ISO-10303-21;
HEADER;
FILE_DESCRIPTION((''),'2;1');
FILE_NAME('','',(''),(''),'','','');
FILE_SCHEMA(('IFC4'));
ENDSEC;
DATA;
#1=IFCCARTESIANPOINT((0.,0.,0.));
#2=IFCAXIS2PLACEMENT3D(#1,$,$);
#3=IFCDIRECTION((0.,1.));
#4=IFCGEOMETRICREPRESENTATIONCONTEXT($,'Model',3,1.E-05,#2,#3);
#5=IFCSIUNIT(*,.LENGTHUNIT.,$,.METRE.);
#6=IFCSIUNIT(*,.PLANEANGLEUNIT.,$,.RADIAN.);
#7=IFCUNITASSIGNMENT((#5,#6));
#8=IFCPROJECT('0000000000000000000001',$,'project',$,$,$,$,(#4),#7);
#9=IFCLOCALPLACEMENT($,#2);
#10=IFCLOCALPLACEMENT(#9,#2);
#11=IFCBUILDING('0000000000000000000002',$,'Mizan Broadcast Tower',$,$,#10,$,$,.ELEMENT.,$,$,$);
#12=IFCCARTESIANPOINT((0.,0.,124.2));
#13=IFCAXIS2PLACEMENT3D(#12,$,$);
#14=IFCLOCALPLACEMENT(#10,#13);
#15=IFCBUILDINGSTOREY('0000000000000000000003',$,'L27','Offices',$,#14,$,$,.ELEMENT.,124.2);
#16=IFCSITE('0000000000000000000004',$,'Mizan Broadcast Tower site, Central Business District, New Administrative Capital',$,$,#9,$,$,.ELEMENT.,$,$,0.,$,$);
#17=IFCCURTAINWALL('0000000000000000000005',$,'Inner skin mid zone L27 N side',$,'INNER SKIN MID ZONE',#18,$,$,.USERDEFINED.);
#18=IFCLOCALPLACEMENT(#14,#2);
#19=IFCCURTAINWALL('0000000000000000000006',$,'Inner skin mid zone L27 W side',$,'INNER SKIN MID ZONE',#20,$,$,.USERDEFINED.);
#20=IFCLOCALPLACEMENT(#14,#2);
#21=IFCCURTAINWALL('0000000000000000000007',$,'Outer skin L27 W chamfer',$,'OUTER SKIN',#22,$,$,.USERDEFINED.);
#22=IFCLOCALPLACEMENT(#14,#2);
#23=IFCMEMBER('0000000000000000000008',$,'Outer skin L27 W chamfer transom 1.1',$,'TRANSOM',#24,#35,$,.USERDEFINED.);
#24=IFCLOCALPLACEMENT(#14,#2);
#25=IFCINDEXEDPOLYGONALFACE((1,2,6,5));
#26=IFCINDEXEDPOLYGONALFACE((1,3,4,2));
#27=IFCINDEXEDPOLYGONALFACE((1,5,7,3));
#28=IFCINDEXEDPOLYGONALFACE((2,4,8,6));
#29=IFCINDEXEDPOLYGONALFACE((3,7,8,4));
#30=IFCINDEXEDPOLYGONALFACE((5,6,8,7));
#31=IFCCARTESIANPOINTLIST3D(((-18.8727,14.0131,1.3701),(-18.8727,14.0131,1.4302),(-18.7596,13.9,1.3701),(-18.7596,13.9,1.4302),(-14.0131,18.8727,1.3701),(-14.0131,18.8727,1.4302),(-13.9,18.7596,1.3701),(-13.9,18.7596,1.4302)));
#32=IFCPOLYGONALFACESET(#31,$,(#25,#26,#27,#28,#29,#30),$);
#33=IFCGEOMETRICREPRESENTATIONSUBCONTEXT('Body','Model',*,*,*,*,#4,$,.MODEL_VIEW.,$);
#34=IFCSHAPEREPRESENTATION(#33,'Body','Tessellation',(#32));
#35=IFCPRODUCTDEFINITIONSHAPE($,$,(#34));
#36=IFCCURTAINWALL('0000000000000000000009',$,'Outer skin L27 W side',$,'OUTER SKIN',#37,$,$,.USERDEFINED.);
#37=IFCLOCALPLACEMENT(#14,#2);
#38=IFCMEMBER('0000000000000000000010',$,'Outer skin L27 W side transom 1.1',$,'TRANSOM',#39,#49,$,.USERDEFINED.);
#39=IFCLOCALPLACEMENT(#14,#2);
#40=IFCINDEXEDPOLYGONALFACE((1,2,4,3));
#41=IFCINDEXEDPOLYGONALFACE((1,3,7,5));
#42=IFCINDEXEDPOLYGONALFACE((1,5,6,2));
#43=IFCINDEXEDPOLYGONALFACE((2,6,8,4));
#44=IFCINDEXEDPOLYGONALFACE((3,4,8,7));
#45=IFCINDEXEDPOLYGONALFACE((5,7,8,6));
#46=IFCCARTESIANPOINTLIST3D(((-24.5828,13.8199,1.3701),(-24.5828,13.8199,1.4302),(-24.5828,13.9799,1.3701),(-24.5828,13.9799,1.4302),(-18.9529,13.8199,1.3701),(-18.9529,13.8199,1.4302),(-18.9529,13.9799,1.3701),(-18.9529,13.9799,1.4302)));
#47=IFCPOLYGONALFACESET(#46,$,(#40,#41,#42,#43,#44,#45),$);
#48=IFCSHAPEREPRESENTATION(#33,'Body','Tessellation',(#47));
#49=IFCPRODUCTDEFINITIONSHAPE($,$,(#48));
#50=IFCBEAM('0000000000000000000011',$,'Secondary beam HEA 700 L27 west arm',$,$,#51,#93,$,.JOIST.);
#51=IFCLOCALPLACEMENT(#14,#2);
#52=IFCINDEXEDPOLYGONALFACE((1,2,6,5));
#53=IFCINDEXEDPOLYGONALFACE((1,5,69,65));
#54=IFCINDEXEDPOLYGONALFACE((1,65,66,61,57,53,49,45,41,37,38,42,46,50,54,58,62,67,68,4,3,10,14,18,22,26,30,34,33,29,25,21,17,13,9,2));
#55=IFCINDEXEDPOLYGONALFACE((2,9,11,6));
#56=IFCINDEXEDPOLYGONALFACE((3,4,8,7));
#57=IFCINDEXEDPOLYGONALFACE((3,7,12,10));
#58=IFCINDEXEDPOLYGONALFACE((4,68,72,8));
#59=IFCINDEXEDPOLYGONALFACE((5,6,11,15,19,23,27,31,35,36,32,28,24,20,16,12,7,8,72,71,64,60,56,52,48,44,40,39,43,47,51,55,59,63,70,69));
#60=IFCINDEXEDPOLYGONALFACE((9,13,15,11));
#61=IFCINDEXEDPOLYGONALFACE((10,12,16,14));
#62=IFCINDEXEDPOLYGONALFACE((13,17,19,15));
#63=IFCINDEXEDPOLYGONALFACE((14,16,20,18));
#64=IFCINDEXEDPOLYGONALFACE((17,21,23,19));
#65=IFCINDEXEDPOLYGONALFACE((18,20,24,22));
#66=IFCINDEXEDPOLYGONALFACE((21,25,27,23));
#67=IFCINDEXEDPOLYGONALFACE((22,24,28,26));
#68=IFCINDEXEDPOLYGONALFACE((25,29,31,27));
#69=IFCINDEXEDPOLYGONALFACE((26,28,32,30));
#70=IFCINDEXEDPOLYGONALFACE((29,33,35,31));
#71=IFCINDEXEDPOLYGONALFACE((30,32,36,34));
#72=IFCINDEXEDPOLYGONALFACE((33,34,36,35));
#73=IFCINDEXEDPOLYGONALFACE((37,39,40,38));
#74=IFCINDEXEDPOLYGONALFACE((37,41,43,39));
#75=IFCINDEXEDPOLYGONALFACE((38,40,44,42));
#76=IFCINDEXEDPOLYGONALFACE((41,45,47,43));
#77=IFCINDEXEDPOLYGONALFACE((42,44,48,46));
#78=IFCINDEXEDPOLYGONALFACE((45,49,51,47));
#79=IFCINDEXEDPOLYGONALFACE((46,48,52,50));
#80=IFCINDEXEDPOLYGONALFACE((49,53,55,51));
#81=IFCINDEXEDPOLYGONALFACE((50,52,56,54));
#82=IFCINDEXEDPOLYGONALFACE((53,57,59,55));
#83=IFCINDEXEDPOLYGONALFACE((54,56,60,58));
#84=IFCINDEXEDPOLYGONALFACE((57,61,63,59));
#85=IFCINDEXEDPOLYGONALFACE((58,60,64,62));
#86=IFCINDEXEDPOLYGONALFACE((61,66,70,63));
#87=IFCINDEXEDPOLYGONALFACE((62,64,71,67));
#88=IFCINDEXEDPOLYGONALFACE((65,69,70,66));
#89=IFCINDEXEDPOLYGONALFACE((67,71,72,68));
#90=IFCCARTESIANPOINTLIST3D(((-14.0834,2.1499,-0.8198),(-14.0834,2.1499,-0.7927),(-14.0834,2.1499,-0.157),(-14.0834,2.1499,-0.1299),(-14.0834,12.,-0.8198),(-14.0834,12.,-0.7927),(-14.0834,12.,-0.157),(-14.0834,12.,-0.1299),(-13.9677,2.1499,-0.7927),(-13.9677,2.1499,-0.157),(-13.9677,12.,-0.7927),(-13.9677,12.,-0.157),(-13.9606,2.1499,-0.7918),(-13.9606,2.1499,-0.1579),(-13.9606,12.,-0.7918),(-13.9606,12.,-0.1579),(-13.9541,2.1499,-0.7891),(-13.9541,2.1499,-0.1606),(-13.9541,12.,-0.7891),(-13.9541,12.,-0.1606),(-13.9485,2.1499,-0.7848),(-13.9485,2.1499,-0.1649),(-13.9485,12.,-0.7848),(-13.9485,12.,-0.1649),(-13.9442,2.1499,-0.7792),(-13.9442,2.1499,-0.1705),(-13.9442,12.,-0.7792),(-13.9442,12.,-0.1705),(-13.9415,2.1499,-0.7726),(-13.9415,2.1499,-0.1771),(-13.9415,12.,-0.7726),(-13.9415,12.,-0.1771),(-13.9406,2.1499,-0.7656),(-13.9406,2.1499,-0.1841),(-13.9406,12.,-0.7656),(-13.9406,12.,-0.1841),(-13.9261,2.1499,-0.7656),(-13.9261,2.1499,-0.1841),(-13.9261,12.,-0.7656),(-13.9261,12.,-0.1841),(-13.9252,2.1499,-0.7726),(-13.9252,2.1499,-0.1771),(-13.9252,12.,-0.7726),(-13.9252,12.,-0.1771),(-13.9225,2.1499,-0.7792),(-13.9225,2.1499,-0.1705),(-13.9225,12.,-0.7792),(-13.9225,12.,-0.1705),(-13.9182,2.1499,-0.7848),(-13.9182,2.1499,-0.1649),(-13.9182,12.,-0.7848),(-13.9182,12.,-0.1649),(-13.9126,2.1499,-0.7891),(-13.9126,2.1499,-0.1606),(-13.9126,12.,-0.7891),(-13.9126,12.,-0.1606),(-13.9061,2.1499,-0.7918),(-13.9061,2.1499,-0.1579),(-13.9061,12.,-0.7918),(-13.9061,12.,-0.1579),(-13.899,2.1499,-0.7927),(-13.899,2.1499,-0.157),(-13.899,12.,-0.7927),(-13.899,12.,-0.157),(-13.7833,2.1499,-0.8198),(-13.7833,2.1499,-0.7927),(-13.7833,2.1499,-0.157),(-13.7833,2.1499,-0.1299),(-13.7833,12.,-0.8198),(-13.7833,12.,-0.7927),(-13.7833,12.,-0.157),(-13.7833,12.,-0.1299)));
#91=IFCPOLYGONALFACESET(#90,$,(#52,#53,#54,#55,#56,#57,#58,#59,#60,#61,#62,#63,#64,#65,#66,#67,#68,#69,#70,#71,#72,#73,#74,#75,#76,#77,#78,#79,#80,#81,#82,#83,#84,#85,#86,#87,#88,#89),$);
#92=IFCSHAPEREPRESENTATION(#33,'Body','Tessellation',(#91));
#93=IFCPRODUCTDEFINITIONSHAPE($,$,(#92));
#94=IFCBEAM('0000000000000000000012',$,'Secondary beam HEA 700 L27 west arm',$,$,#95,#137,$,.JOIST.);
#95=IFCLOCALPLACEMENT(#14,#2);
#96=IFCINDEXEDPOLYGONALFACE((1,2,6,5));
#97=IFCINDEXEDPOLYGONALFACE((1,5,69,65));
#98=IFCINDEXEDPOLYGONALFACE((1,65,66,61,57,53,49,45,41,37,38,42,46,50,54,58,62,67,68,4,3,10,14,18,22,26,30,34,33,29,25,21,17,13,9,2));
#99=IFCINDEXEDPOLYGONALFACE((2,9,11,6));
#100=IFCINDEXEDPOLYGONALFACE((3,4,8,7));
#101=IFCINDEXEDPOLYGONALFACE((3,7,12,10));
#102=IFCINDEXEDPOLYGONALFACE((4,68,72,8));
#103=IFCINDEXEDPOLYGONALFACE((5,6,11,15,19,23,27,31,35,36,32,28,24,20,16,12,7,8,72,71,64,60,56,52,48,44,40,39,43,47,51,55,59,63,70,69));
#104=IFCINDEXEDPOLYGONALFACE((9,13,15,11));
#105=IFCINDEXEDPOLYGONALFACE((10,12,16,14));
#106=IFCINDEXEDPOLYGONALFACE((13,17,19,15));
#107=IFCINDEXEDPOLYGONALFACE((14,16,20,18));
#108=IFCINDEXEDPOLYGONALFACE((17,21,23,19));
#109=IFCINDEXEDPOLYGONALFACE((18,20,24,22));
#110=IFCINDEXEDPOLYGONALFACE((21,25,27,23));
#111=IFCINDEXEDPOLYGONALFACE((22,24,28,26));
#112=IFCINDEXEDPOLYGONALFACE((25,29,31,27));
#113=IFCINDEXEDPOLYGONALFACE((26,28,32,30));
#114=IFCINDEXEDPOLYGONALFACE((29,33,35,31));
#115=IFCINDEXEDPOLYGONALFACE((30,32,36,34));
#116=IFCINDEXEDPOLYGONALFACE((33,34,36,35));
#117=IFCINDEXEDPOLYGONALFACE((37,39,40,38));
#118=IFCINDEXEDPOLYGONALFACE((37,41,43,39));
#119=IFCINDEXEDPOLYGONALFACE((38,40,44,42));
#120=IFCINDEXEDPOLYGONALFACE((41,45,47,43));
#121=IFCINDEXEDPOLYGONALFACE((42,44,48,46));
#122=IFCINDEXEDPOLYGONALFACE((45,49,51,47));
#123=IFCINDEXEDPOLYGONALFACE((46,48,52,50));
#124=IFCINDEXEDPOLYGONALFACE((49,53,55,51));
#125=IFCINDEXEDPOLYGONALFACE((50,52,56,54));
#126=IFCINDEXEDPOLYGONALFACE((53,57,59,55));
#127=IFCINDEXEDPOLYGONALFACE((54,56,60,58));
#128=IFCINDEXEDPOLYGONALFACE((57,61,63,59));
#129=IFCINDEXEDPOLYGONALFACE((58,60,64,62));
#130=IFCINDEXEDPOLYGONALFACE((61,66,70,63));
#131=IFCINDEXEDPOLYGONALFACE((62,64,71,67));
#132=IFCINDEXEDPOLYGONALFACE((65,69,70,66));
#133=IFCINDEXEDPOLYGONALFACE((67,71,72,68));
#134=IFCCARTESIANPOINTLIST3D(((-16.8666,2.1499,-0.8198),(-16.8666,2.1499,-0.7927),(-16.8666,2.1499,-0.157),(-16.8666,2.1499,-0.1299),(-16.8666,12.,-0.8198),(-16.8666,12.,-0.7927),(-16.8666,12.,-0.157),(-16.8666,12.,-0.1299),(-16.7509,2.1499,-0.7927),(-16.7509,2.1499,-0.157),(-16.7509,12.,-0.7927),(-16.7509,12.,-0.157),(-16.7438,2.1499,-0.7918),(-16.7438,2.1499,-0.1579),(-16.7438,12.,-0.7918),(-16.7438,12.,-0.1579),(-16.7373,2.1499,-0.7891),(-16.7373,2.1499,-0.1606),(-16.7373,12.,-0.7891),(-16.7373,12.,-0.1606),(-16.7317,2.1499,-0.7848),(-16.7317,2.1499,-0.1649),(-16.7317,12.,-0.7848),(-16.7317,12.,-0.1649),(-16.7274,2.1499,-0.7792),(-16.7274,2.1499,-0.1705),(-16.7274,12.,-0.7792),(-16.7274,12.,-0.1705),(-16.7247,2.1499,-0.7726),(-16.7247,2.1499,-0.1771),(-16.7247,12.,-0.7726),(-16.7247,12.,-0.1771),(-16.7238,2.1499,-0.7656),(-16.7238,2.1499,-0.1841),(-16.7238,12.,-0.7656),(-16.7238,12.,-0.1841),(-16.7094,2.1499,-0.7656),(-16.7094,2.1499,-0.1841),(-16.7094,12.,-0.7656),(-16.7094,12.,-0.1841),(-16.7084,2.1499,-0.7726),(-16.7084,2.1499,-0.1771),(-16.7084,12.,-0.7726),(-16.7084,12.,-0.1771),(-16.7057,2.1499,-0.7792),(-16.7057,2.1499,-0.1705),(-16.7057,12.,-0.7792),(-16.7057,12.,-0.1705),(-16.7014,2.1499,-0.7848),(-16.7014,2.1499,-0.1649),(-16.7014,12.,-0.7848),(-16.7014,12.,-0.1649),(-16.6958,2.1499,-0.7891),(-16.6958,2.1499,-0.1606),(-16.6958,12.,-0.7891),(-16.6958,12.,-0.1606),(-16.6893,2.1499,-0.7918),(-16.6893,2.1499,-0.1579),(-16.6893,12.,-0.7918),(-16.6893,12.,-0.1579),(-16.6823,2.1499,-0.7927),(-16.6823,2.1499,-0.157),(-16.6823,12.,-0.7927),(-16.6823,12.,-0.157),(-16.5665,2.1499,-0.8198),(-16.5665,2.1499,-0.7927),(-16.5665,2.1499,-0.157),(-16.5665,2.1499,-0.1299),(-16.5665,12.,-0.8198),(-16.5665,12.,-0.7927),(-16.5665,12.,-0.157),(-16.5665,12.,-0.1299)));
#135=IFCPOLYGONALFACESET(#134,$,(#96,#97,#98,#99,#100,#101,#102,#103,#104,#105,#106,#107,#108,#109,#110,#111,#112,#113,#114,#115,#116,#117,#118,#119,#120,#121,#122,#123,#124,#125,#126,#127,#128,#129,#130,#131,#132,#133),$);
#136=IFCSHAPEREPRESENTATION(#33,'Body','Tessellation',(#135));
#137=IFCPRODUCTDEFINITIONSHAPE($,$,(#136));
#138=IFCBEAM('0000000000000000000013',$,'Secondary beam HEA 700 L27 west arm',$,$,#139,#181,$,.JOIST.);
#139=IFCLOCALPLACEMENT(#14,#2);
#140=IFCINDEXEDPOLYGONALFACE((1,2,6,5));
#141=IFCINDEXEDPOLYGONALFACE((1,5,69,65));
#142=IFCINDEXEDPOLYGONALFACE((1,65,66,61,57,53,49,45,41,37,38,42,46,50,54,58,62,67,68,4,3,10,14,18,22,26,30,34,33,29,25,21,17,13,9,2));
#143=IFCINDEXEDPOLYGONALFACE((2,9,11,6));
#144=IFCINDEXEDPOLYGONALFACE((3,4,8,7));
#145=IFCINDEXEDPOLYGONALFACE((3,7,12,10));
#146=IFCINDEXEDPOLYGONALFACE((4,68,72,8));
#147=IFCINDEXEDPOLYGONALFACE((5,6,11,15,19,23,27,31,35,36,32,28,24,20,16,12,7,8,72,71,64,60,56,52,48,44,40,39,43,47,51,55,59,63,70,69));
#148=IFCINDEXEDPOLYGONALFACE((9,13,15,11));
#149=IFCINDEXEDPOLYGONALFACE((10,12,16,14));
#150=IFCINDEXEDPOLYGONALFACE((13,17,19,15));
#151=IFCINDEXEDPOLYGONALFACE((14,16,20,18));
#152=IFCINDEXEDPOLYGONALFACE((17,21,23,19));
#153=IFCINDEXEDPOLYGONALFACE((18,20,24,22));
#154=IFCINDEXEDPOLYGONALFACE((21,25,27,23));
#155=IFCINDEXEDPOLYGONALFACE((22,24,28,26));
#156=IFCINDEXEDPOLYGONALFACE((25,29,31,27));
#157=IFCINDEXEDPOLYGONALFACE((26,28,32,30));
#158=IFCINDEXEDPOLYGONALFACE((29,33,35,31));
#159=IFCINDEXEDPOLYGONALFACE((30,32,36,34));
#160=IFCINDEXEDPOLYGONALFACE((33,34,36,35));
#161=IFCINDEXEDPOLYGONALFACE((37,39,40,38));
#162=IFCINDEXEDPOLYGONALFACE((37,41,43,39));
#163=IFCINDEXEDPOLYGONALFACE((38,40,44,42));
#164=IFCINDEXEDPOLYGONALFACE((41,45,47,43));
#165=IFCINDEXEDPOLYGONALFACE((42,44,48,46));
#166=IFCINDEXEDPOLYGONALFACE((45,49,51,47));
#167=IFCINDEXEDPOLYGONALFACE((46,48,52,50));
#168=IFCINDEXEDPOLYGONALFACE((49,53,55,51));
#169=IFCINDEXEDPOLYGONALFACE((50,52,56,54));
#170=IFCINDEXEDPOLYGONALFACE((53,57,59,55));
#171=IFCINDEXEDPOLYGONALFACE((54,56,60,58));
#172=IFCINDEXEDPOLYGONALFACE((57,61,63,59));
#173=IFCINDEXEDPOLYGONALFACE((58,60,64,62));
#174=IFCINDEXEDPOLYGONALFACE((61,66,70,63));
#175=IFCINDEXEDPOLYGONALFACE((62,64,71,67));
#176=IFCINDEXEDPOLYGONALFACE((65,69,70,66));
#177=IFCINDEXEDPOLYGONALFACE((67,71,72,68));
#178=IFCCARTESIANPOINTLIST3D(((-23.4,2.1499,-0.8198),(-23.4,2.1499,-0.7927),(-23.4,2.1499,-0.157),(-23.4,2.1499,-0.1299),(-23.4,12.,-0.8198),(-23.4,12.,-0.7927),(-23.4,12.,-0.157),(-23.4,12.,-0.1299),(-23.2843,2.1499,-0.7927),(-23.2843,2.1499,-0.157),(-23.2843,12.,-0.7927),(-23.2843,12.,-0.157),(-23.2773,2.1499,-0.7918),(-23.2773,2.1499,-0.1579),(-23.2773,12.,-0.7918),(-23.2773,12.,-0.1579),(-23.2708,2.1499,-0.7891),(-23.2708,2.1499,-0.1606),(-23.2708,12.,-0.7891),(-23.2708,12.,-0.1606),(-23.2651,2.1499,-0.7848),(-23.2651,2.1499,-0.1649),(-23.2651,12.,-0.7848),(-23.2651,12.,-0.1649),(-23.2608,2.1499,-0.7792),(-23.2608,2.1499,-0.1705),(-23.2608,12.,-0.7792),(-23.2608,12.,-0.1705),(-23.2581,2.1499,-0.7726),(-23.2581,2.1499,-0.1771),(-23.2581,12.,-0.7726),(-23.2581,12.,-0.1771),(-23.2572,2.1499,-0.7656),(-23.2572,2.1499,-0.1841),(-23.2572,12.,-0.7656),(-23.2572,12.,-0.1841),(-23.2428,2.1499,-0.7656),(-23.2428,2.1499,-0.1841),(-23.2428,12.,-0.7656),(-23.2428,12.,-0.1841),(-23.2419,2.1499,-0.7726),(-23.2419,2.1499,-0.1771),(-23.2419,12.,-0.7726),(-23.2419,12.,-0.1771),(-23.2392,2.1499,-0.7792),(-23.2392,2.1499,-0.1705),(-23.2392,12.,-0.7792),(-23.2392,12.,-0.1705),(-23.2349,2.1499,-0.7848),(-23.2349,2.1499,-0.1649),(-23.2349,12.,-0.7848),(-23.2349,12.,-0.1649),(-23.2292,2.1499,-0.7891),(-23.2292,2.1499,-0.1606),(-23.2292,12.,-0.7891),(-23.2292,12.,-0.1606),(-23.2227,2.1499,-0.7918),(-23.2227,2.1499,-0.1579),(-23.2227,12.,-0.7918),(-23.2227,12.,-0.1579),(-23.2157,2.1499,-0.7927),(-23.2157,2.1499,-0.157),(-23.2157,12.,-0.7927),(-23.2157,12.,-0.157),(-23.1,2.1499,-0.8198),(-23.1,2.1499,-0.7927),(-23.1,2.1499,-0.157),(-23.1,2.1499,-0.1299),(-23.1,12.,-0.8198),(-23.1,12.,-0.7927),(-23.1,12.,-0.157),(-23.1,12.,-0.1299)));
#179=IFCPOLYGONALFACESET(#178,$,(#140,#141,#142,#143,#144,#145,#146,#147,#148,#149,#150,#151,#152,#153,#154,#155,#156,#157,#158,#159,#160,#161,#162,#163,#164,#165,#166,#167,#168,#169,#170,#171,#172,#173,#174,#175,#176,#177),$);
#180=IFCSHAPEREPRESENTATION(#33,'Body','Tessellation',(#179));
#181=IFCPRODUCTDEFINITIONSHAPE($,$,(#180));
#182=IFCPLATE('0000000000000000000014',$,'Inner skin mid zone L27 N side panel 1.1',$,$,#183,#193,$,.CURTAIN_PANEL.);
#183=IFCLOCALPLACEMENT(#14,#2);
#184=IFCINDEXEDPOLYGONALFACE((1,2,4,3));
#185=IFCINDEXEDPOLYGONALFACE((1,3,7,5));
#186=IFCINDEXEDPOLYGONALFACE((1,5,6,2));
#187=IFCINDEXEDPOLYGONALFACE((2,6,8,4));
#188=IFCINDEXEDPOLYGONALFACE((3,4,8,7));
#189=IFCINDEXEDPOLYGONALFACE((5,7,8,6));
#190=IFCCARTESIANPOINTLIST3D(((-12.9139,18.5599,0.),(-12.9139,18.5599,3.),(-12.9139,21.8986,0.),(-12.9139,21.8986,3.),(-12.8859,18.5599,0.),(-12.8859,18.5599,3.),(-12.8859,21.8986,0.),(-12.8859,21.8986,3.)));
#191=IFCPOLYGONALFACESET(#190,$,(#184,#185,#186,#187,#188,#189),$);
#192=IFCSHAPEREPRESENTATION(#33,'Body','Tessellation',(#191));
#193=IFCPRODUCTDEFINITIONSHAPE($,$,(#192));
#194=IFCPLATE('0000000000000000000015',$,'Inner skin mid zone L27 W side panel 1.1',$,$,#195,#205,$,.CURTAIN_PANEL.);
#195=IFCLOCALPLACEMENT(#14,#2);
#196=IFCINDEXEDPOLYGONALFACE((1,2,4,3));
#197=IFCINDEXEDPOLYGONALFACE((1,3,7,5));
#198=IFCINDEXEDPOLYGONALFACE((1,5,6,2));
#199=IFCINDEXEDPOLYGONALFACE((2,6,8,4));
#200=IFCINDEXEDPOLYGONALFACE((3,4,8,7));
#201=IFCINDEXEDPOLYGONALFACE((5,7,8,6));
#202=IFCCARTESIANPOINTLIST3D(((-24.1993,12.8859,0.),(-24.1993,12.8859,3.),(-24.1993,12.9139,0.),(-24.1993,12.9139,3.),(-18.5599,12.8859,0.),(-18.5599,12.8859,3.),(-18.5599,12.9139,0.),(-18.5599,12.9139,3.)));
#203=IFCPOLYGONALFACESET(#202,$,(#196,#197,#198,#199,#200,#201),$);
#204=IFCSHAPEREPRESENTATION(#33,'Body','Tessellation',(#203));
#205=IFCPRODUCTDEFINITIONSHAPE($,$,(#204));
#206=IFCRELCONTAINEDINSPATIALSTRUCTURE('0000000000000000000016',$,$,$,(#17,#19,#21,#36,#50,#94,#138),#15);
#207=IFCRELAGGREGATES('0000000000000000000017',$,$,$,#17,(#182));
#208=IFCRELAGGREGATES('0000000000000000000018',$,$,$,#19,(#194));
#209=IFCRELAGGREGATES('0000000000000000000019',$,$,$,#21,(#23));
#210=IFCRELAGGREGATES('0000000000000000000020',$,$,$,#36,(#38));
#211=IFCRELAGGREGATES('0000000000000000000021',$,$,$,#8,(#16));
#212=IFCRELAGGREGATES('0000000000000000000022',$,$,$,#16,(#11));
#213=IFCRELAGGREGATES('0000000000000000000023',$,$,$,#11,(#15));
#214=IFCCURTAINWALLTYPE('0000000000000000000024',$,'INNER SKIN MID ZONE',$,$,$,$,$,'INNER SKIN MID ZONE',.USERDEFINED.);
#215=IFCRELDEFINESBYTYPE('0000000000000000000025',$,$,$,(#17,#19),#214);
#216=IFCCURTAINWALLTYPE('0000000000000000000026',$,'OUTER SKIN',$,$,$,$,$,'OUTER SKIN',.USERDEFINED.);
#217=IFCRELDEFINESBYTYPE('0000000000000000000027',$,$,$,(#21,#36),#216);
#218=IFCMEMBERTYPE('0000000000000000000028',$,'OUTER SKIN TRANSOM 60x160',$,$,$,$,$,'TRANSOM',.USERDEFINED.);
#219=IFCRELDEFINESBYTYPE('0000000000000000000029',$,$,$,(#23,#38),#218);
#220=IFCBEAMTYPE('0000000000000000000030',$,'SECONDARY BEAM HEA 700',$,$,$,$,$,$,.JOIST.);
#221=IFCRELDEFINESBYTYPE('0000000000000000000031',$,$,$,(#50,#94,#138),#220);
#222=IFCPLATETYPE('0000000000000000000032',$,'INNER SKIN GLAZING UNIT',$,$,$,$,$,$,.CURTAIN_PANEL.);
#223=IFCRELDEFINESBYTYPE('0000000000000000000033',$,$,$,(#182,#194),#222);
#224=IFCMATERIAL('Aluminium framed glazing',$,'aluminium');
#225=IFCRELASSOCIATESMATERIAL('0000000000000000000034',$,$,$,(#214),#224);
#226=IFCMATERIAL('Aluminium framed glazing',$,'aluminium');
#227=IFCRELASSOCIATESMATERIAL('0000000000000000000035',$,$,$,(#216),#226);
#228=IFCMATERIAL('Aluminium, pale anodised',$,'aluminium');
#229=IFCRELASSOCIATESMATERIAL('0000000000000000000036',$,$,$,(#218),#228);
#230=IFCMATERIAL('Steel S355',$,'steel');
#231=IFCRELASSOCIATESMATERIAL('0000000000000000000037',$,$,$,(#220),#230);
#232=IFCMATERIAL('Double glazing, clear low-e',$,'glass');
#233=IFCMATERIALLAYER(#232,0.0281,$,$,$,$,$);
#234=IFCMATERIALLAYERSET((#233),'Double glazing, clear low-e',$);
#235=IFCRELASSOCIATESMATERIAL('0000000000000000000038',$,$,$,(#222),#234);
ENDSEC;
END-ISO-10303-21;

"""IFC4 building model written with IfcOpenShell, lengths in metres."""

from ifc_helpers import new_model, si_unit, direction, frame, origin, origin_2d, place, context, subcontext, project, spatial, rectangle, i_section, extrude, material, layer, layer_set, material_profile, profile_set, type_object, element, aggregate, save


model = new_model("IFC4")

# Units and contexts
model_context = context("Model", 3, precision=1e-05, world=origin(), true_north=direction((0.0, 1.0)))
body_context = subcontext(model_context, "Body", "Model", "MODEL_VIEW")
ifc_project = project(units=[si_unit("LENGTHUNIT", "METRE"), si_unit("PLANEANGLEUNIT", "RADIAN")], contexts=[model_context])

# Site, building, storey
site_placement = place(None, origin())
site = spatial("IfcSite", under=ifc_project, at=site_placement, Name="Mizan Broadcast Tower site, Central Business District, New Administrative Capital", CompositionType="ELEMENT", RefElevation=0.0)
building_placement = place(site_placement, origin())
building = spatial("IfcBuilding", under=site, at=building_placement, Name="Mizan Broadcast Tower", CompositionType="ELEMENT")
storey_placement = place(building_placement, frame((0.0, 0.0, 124.2)))
storey = spatial("IfcBuildingStorey", under=building, at=storey_placement, Name="L27", Description="Offices", CompositionType="ELEMENT", Elevation=124.2)

# Curtain walls
ifc_material_1 = material(Name="Aluminium framed glazing", Category="aluminium")
curtain_wall_type_1 = type_object("IfcCurtainWallType", Name="INNER SKIN MID ZONE", ElementType="INNER SKIN MID ZONE", PredefinedType="USERDEFINED", material=ifc_material_1)
curtain_wall_1_placement = place(storey_placement, origin())
curtain_wall_1 = element("IfcCurtainWall", 1, at=curtain_wall_1_placement, inside=storey, type_object=curtain_wall_type_1, Name="Inner skin mid zone L27 N side", ObjectType="INNER SKIN MID ZONE", PredefinedType="USERDEFINED")
curtain_wall_2_placement = place(storey_placement, origin())
curtain_wall_2 = element("IfcCurtainWall", 2, at=curtain_wall_2_placement, inside=storey, type_object=curtain_wall_type_1, Name="Inner skin mid zone L27 W side", ObjectType="INNER SKIN MID ZONE", PredefinedType="USERDEFINED")

# Curtain wall
ifc_material_2 = material(Name="Aluminium framed glazing", Category="aluminium")
curtain_wall_type_2 = type_object("IfcCurtainWallType", Name="OUTER SKIN", ElementType="OUTER SKIN", PredefinedType="USERDEFINED", material=ifc_material_2)
curtain_wall_3_placement = place(storey_placement, origin())
curtain_wall_3 = element("IfcCurtainWall", 3, at=curtain_wall_3_placement, inside=storey, type_object=curtain_wall_type_2, Name="Outer skin L27 W chamfer", ObjectType="OUTER SKIN", PredefinedType="USERDEFINED")

# Member
ifc_material_3 = material(Name="Aluminium, pale anodised", Category="aluminium")
ifc_material_profile_1 = material_profile(ifc_material_3, rectangle(XDim=0.1599, YDim=0.0601, at=origin_2d()), Name="TRANSOM 160x60")
ifc_profile_set_1 = profile_set([ifc_material_profile_1], Name="Aluminium, pale anodised")
member_type_1 = type_object("IfcMemberType", Name="OUTER SKIN TRANSOM 60x160", ElementType="TRANSOM", PredefinedType="USERDEFINED", material=ifc_profile_set_1)
member_1_placement = place(storey_placement, frame((-13.9565, 18.8162, 1.4001), z_axis=(-0.707107, -0.707107, 0.0), x_axis=(0.707107, -0.707107, 0.0)))
member_1 = element("IfcMember", 4, at=member_1_placement, type_object=member_type_1, Name="Outer skin L27 W chamfer transom 1.1", ObjectType="TRANSOM", PredefinedType="USERDEFINED", context=body_context, shape_type="SweptSolid", body=[
    extrude(rectangle(XDim=0.1599, YDim=0.0601, at=origin_2d()), origin(), (0.0, 0.0, 1.0), 6.8726),
])

# Curtain wall, member
curtain_wall_4_placement = place(storey_placement, origin())
curtain_wall_4 = element("IfcCurtainWall", 5, at=curtain_wall_4_placement, inside=storey, type_object=curtain_wall_type_2, Name="Outer skin L27 W side", ObjectType="OUTER SKIN", PredefinedType="USERDEFINED")
member_2_placement = place(storey_placement, frame((-18.9529, 13.8999, 1.4001), z_axis=(-1.0, 0.0, 0.0), x_axis=(0.0, -1.0, 0.0)))
member_2 = element("IfcMember", 6, at=member_2_placement, type_object=member_type_1, Name="Outer skin L27 W side transom 1.1", ObjectType="TRANSOM", PredefinedType="USERDEFINED", context=body_context, shape_type="SweptSolid", body=[
    extrude(rectangle(XDim=0.1599, YDim=0.0601, at=origin_2d()), origin(), (0.0, 0.0, 1.0), 5.6299),
])

# Beams
ifc_material_4 = material(Name="Steel S355", Category="steel")
ifc_material_profile_2 = material_profile(ifc_material_4, i_section(OverallWidth=0.3, OverallDepth=0.6899, WebThickness=0.0144, FlangeThickness=0.0271, FilletRadius=0.0271, at=origin_2d()), Name="HEA 700")
ifc_profile_set_2 = profile_set([ifc_material_profile_2], Name="Steel S355")
beam_type_1 = type_object("IfcBeamType", Name="SECONDARY BEAM HEA 700", PredefinedType="JOIST", material=ifc_profile_set_2)
for number, where, z_axis, x_axis, name in (
    (7, (-13.9333, 12.0, -0.4749), (0.0, -1.0, 0.0), (1.0, 0.0, 0.0), "Secondary beam HEA 700 L27 west arm"),
    (8, (-16.7166, 12.0, -0.4749), (0.0, -1.0, 0.0), (1.0, 0.0, 0.0), "Secondary beam HEA 700 L27 west arm"),
    (9, (-23.25, 12.0, -0.4749), (0.0, -1.0, 0.0), (1.0, 0.0, 0.0), "Secondary beam HEA 700 L27 west arm"),
):
    element("IfcBeam", number, at=place(storey_placement, frame(where, z_axis=z_axis, x_axis=x_axis)), inside=storey, type_object=beam_type_1, Name=name, PredefinedType="JOIST", context=body_context, shape_type="SweptSolid", body=[
        extrude(i_section(OverallWidth=0.3, OverallDepth=0.6899, WebThickness=0.0144, FlangeThickness=0.0271, FilletRadius=0.0271, at=origin_2d()), origin(), (0.0, 0.0, 1.0), 9.8501),
    ])

# Plates
ifc_material_5 = material(Name="Double glazing, clear low-e", Category="glass")
ifc_layer_1 = layer(ifc_material_5, 0.0281)
ifc_layer_set_1 = layer_set([ifc_layer_1], Name="Double glazing, clear low-e")
plate_type_1 = type_object("IfcPlateType", Name="INNER SKIN GLAZING UNIT", PredefinedType="CURTAIN_PANEL", material=ifc_layer_set_1)
plate_1_placement = place(storey_placement, frame((-12.8999, 20.2292, 0.0), z_axis=(0.0, 0.0, 1.0), x_axis=(0.0, -1.0, 0.0)))
plate_1 = element("IfcPlate", 10, at=plate_1_placement, type_object=plate_type_1, Name="Inner skin mid zone L27 N side panel 1.1", PredefinedType="CURTAIN_PANEL", context=body_context, shape_type="SweptSolid", body=[
    extrude(rectangle(XDim=3.3386, YDim=0.0281, at=origin_2d()), origin(), (0.0, 0.0, 1.0), 3.0),
])
plate_2_placement = place(storey_placement, frame((-21.3796, 12.8999, 0.0), z_axis=(0.0, 0.0, 1.0), x_axis=(-1.0, 0.0, 0.0)))
plate_2 = element("IfcPlate", 11, at=plate_2_placement, type_object=plate_type_1, Name="Inner skin mid zone L27 W side panel 1.1", PredefinedType="CURTAIN_PANEL", context=body_context, shape_type="SweptSolid", body=[
    extrude(rectangle(XDim=5.6394, YDim=0.0281, at=origin_2d()), origin(), (0.0, 0.0, 1.0), 3.0),
])
aggregate(curtain_wall_1, [plate_1])
aggregate(curtain_wall_2, [plate_2])
aggregate(curtain_wall_3, [member_1])
aggregate(curtain_wall_4, [member_2])

save(model, "model.ifc")
